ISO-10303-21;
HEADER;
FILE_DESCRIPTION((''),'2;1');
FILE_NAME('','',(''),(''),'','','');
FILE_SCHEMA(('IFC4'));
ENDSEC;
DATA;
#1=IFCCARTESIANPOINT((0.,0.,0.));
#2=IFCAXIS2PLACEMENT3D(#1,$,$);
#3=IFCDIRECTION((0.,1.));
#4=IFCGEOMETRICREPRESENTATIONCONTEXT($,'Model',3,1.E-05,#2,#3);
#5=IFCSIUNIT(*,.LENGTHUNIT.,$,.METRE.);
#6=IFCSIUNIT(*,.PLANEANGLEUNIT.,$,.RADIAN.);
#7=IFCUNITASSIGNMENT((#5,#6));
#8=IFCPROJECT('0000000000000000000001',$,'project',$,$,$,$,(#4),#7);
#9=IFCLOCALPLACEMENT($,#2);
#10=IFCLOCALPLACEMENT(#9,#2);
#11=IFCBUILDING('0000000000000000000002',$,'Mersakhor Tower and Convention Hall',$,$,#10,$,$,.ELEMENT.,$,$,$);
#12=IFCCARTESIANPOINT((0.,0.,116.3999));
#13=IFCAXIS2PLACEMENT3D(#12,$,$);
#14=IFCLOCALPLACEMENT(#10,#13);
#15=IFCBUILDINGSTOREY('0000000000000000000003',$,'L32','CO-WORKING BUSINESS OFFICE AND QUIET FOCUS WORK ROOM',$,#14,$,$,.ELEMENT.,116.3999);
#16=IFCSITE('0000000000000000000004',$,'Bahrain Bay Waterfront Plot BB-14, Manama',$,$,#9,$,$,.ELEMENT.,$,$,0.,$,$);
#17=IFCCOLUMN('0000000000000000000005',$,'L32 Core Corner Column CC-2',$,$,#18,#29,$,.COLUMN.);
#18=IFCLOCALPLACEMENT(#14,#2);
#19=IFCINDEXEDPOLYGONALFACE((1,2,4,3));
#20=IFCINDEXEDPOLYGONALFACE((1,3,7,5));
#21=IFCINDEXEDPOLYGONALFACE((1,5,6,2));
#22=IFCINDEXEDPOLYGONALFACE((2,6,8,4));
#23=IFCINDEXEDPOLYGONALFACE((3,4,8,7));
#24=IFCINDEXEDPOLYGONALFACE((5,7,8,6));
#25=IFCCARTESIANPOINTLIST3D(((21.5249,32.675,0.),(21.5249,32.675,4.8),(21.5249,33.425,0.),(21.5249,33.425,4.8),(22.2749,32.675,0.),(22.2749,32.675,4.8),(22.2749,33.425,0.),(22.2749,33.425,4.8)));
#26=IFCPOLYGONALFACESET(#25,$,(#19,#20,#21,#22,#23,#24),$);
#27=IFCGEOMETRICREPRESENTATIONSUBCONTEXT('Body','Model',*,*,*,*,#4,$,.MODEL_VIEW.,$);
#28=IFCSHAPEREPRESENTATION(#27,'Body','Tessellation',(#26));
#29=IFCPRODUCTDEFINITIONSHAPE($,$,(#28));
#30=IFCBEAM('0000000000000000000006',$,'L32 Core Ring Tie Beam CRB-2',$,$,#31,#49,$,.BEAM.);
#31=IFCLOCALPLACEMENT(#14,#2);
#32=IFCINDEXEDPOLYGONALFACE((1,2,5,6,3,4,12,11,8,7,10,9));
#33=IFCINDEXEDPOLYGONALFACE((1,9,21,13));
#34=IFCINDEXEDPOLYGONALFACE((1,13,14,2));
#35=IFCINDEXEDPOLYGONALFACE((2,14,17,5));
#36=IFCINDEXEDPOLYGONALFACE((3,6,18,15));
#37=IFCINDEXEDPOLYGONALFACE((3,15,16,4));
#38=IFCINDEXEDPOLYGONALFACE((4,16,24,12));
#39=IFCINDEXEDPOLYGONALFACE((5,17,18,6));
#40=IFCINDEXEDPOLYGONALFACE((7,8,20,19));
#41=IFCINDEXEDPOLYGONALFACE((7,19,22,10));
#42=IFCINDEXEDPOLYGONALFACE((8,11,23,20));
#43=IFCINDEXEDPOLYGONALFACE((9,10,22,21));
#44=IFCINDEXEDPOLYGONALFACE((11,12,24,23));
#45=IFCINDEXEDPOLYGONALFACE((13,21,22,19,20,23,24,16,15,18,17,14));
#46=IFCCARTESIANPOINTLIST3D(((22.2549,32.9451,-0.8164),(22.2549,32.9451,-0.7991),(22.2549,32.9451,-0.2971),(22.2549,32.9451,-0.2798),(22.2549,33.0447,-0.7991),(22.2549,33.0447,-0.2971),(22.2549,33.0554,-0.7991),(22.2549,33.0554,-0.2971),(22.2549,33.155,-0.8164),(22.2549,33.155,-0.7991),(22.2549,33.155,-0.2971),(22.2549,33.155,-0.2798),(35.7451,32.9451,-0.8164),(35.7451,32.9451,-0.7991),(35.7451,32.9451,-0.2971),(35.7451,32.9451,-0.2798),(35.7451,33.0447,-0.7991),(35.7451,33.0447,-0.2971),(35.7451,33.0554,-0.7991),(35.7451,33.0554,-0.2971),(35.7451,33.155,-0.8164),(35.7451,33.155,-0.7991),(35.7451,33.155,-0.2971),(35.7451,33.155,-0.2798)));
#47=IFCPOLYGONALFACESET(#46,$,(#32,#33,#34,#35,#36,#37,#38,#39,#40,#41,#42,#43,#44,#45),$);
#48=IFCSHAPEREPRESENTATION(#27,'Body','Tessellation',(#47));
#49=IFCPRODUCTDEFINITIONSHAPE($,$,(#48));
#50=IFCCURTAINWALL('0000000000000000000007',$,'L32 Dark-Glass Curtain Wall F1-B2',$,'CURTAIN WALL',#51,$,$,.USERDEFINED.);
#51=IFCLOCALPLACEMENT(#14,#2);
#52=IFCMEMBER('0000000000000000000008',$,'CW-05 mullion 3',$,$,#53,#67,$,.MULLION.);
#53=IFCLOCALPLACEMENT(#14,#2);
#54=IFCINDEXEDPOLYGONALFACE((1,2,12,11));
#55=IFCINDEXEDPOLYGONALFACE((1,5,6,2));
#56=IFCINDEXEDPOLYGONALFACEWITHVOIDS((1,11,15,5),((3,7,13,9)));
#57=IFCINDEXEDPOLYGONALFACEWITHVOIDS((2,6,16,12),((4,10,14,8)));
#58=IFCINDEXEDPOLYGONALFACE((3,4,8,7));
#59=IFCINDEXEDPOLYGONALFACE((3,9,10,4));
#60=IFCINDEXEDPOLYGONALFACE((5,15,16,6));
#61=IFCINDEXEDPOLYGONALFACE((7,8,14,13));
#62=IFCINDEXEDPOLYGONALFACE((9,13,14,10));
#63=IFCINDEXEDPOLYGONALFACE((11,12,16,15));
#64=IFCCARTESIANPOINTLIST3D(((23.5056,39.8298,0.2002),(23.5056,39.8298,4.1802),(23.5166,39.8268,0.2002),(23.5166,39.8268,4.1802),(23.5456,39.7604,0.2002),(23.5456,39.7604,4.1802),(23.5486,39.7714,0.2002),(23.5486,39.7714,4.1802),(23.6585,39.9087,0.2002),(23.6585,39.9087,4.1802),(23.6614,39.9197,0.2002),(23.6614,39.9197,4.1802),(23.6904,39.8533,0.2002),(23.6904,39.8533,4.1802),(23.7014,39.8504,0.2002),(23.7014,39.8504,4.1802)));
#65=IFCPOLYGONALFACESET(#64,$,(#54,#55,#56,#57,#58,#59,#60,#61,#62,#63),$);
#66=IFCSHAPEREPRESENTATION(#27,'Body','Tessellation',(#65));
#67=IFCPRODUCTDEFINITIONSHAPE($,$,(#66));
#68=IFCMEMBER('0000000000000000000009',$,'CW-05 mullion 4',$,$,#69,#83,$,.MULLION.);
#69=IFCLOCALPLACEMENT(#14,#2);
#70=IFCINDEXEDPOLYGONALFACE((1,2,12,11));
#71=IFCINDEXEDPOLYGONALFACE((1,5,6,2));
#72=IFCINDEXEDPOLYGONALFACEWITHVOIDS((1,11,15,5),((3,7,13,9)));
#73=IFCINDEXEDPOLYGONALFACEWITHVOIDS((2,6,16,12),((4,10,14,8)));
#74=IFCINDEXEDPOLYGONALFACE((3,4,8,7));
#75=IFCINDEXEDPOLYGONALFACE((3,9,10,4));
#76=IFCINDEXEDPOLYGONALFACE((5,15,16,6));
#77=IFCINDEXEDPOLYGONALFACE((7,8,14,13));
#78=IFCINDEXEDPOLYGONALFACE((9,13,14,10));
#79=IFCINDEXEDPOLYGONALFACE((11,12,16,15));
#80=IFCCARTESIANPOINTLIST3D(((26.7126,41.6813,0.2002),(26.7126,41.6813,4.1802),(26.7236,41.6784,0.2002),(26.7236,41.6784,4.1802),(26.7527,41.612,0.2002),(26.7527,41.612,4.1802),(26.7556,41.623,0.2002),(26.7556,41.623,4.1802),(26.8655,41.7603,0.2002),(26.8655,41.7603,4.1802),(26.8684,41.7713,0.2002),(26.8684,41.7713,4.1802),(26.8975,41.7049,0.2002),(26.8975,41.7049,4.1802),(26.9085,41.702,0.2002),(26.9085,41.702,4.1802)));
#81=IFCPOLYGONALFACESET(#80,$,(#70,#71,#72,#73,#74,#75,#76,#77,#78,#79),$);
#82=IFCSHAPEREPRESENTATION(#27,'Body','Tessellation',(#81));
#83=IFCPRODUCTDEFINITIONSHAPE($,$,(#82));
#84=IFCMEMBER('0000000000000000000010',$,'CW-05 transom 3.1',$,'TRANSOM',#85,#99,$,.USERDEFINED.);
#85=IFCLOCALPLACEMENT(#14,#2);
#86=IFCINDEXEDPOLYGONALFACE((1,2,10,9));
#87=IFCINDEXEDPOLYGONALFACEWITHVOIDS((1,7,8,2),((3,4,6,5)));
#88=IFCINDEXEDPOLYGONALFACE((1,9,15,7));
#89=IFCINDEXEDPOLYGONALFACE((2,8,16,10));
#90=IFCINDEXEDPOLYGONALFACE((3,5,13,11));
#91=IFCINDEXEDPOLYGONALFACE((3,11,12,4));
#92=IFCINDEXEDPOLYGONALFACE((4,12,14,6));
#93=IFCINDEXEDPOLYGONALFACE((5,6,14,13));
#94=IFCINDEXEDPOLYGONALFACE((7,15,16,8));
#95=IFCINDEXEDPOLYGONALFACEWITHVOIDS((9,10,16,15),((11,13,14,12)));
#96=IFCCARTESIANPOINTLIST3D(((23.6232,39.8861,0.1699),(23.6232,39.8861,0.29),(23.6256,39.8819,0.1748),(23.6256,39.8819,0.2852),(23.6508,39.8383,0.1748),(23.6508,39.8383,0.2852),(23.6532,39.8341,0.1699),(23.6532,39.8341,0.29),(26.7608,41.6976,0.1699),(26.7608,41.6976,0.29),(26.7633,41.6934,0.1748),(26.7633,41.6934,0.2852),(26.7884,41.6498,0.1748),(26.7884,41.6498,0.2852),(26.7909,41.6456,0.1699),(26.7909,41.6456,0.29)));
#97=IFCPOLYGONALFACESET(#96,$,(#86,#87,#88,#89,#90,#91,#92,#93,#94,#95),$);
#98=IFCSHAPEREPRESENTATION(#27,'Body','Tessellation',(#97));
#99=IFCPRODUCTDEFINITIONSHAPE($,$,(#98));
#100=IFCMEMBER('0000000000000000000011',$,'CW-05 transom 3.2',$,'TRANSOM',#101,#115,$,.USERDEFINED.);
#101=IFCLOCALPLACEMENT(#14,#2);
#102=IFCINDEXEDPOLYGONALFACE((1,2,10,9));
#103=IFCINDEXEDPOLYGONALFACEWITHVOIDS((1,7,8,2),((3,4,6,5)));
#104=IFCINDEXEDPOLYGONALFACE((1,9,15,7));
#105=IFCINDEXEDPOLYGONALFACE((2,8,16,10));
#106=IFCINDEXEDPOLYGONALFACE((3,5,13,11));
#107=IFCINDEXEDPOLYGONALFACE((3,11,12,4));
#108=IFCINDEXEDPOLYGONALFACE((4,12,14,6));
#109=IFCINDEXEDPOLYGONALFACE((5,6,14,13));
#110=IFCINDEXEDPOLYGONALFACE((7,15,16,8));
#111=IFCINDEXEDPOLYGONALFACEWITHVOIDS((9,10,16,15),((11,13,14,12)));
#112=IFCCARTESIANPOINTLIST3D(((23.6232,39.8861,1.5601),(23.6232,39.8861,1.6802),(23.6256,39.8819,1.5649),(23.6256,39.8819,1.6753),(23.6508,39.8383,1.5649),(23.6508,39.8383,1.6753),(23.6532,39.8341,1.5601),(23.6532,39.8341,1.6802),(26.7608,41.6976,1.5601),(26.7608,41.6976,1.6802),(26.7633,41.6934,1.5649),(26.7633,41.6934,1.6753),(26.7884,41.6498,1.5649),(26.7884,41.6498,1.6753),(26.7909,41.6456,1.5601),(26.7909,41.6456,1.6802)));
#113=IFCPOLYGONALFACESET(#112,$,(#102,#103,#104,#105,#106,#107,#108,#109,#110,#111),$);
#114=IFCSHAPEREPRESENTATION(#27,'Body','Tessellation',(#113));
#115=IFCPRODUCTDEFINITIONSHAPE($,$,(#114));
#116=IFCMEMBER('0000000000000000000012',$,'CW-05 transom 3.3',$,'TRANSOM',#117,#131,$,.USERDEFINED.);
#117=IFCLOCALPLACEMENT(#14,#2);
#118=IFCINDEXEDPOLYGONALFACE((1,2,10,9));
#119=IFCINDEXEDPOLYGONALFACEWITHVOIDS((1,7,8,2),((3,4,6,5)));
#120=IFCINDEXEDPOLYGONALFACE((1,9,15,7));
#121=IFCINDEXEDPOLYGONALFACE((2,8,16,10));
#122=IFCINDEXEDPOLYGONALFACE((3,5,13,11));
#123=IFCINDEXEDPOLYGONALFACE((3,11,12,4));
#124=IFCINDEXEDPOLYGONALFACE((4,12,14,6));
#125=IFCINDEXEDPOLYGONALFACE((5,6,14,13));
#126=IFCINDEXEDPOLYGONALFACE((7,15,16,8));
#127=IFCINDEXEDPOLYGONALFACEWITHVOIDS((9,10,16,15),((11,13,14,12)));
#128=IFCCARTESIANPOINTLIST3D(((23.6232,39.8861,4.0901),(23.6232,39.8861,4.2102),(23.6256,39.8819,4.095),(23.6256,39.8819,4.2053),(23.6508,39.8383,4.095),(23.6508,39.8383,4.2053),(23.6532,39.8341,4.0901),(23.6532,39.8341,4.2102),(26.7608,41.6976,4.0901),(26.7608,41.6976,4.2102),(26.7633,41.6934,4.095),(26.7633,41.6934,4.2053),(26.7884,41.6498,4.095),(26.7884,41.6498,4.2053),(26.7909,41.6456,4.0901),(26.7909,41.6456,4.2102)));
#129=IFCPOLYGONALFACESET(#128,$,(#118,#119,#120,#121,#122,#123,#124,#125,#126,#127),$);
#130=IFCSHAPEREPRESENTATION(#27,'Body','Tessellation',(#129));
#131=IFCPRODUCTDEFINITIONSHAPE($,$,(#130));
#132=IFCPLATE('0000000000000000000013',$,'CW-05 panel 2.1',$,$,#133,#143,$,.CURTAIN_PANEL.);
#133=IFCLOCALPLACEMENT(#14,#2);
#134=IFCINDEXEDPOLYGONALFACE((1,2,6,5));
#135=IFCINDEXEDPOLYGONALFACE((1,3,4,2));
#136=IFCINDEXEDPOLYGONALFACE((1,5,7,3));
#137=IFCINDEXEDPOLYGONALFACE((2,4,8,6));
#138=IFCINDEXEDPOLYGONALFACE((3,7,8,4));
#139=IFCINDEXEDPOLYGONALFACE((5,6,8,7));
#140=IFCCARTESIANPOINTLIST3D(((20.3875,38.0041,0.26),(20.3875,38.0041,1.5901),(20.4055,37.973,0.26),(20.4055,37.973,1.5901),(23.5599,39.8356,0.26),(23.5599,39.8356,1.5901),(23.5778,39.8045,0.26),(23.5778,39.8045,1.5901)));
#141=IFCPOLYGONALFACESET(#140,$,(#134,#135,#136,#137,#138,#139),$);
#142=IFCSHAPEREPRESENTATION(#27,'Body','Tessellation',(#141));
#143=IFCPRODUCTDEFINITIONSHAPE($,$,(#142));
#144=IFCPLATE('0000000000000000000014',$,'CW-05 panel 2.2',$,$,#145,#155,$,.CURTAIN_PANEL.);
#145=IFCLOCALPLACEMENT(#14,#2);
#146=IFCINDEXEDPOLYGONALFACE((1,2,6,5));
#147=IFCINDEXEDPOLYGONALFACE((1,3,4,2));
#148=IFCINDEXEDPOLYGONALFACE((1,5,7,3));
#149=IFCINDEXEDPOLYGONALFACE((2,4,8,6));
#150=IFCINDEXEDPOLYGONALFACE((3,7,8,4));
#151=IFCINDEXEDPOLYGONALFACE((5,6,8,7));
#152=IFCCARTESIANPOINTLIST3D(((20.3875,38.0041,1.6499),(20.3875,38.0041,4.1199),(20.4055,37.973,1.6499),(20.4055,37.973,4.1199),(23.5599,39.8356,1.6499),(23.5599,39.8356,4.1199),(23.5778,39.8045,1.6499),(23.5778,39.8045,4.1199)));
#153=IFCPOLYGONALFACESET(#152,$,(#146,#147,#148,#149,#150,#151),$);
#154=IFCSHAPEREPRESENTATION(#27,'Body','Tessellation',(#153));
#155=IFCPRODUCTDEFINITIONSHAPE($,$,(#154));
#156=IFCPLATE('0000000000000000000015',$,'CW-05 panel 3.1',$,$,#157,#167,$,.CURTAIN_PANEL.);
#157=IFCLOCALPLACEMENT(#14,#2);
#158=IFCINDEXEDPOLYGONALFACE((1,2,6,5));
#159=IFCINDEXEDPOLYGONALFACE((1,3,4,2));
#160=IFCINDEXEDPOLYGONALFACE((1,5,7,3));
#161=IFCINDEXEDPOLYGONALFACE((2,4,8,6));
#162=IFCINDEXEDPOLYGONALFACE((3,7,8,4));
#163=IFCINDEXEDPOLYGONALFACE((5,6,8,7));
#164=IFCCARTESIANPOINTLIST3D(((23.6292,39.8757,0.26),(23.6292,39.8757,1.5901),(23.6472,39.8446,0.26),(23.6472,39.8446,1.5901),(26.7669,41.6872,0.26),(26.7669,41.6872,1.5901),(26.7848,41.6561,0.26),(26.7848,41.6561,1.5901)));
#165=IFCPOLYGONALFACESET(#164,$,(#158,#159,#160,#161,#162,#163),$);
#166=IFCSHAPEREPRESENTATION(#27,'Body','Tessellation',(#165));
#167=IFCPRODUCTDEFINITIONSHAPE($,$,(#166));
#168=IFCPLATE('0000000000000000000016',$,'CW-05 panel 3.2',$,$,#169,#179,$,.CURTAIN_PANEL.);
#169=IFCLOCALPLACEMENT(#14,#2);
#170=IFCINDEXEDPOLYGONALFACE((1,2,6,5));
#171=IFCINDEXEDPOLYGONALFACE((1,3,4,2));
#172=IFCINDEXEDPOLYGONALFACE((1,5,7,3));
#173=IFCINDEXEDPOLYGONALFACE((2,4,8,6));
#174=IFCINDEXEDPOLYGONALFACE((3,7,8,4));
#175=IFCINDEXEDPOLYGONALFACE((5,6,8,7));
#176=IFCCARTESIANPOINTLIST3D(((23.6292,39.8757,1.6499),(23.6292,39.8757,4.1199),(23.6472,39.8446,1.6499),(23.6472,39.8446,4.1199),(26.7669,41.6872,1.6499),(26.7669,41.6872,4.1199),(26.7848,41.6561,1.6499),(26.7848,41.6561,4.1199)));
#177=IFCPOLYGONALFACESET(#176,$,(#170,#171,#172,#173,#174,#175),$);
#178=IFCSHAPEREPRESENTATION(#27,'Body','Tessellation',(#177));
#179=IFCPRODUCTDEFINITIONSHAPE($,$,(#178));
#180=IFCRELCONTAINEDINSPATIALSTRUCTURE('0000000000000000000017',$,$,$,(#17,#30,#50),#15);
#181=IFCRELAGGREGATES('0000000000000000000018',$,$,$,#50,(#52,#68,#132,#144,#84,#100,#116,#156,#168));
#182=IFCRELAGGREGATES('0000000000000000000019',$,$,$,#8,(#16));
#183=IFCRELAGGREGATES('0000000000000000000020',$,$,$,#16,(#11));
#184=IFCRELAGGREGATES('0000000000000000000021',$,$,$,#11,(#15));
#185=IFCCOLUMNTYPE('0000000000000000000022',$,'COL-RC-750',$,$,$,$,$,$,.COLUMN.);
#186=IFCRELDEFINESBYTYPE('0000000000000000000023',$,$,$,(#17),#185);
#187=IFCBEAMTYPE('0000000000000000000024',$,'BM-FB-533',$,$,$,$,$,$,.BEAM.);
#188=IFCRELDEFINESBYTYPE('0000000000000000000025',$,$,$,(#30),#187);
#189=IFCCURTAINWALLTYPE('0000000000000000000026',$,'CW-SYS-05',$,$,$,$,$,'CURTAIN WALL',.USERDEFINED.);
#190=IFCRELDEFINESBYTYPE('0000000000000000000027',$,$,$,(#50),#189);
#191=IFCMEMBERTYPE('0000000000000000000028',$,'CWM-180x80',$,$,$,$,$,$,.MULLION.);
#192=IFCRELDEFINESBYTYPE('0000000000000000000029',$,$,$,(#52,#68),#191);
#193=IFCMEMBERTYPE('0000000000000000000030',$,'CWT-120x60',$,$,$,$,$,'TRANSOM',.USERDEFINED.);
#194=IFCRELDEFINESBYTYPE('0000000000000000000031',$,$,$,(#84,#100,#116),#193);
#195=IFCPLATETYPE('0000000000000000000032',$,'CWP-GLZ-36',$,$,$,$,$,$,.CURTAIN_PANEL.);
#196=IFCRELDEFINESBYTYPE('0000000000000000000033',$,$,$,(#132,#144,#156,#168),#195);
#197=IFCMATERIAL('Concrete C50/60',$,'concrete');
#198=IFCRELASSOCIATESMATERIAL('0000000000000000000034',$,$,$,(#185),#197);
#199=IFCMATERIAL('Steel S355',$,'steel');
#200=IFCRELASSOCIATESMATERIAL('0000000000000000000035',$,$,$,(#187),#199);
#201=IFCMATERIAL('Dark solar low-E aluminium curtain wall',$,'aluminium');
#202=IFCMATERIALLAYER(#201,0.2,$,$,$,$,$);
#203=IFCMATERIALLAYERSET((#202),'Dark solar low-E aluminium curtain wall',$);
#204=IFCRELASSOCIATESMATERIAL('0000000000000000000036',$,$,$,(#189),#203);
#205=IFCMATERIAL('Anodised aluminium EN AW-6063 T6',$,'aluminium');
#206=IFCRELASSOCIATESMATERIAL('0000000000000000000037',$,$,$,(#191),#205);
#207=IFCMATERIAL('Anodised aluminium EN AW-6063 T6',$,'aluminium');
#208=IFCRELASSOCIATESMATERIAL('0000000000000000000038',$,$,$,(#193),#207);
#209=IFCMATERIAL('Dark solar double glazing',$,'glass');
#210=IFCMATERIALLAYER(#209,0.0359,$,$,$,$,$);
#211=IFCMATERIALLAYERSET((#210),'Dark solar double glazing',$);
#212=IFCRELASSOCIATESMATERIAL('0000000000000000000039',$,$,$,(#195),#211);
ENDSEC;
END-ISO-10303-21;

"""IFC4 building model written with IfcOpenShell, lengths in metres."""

from ifc_helpers import new_model, si_unit, direction, frame, origin, origin_2d, place, context, subcontext, project, spatial, rectangle, hollow_rectangle, i_section, extrude, material, layer, layer_set, material_profile, profile_set, type_object, element, aggregate, save


model = new_model("IFC4")

# Units and contexts
model_context = context("Model", 3, precision=1e-05, world=origin(), true_north=direction((0.0, 1.0)))
body_context = subcontext(model_context, "Body", "Model", "MODEL_VIEW")
ifc_project = project(units=[si_unit("LENGTHUNIT", "METRE"), si_unit("PLANEANGLEUNIT", "RADIAN")], contexts=[model_context])

# Site, building, storey
site_placement = place(None, origin())
site = spatial("IfcSite", under=ifc_project, at=site_placement, Name="Bahrain Bay Waterfront Plot BB-14, Manama", CompositionType="ELEMENT", RefElevation=0.0)
building_placement = place(site_placement, origin())
building = spatial("IfcBuilding", under=site, at=building_placement, Name="Mersakhor Tower and Convention Hall", CompositionType="ELEMENT")
storey_placement = place(building_placement, frame((0.0, 0.0, 116.3999)))
storey = spatial("IfcBuildingStorey", under=building, at=storey_placement, Name="L32", Description="CO-WORKING BUSINESS OFFICE AND QUIET FOCUS WORK ROOM", CompositionType="ELEMENT", Elevation=116.3999)

# Column
ifc_material_1 = material(Name="Concrete C50/60", Category="concrete")
ifc_material_profile_1 = material_profile(ifc_material_1, rectangle(XDim=0.75, YDim=0.75, at=origin_2d()), Name="RC 750x750")
ifc_profile_set_1 = profile_set([ifc_material_profile_1], Name="Concrete C50/60")
column_type = type_object("IfcColumnType", Name="COL-RC-750", PredefinedType="COLUMN", material=ifc_profile_set_1)
column_placement = place(storey_placement, frame((21.8999, 33.05, 0.0), z_axis=(0.0, 0.0, 1.0), x_axis=(1.0, 0.0, 0.0)))
element("IfcColumn", 1, at=column_placement, inside=storey, type_object=column_type, Name="L32 Core Corner Column CC-2", PredefinedType="COLUMN", context=body_context, shape_type="SweptSolid", body=[
    extrude(rectangle(XDim=0.75, YDim=0.75, at=origin_2d()), origin(), (0.0, 0.0, 1.0), 4.8),
])

# Beam
ifc_material_2 = material(Name="Steel S355", Category="steel")
ifc_material_profile_2 = material_profile(ifc_material_2, i_section(OverallWidth=0.21, OverallDepth=0.5366, WebThickness=0.0107, FlangeThickness=0.0173, at=origin_2d()), Name="UB 533x210x101")
ifc_profile_set_2 = profile_set([ifc_material_profile_2], Name="Steel S355")
beam_type = type_object("IfcBeamType", Name="BM-FB-533", PredefinedType="BEAM", material=ifc_profile_set_2)
beam_placement = place(storey_placement, frame((22.2549, 33.05, -0.5481), z_axis=(1.0, 0.0, 0.0), x_axis=(0.0, 1.0, 0.0)))
element("IfcBeam", 2, at=beam_placement, inside=storey, type_object=beam_type, Name="L32 Core Ring Tie Beam CRB-2", PredefinedType="BEAM", context=body_context, shape_type="SweptSolid", body=[
    extrude(i_section(OverallWidth=0.21, OverallDepth=0.5366, WebThickness=0.0107, FlangeThickness=0.0173, at=origin_2d()), origin(), (0.0, 0.0, 1.0), 13.4902),
])

# Curtain wall, members, plates
ifc_material_3 = material(Name="Dark solar low-E aluminium curtain wall", Category="aluminium")
ifc_layer_1 = layer(ifc_material_3, 0.2)
ifc_layer_set_1 = layer_set([ifc_layer_1], Name="Dark solar low-E aluminium curtain wall")
curtain_wall_type = type_object("IfcCurtainWallType", Name="CW-SYS-05", ElementType="CURTAIN WALL", PredefinedType="USERDEFINED", material=ifc_layer_set_1)
curtain_wall_placement = place(storey_placement, origin())
curtain_wall = element("IfcCurtainWall", 3, at=curtain_wall_placement, inside=storey, type_object=curtain_wall_type, Name="L32 Dark-Glass Curtain Wall F1-B2", ObjectType="CURTAIN WALL", PredefinedType="USERDEFINED")
ifc_material_4 = material(Name="Anodised aluminium EN AW-6063 T6", Category="aluminium")
ifc_material_profile_3 = material_profile(ifc_material_4, hollow_rectangle(XDim=0.0801, YDim=0.1799, WallThickness=0.0081, at=origin_2d()), Name="RHS 180x80x8")
ifc_profile_set_3 = profile_set([ifc_material_profile_3], Name="Anodised aluminium EN AW-6063 T6")
member_type_1 = type_object("IfcMemberType", Name="CWM-180x80", PredefinedType="MULLION", material=ifc_profile_set_3)
member_1_placement = place(storey_placement, frame((23.6035, 39.8401, 0.2002), z_axis=(0.0, 0.0, 1.0), x_axis=(-0.499998, 0.866027, 0.0)))
member_1 = element("IfcMember", 4, at=member_1_placement, type_object=member_type_1, Name="CW-05 mullion 3", PredefinedType="MULLION", context=body_context, shape_type="SweptSolid", body=[
    extrude(hollow_rectangle(XDim=0.0801, YDim=0.1799, WallThickness=0.0081, at=origin_2d()), origin(), (0.0, 0.0, 1.0), 3.98),
])
member_2_placement = place(storey_placement, frame((26.8105, 41.6917, 0.2002), z_axis=(0.0, 0.0, 1.0), x_axis=(-0.499998, 0.866027, 0.0)))
member_2 = element("IfcMember", 5, at=member_2_placement, type_object=member_type_1, Name="CW-05 mullion 4", PredefinedType="MULLION", context=body_context, shape_type="SweptSolid", body=[
    extrude(hollow_rectangle(XDim=0.0801, YDim=0.1799, WallThickness=0.0081, at=origin_2d()), origin(), (0.0, 0.0, 1.0), 3.98),
])
ifc_material_5 = material(Name="Anodised aluminium EN AW-6063 T6", Category="aluminium")
ifc_material_profile_4 = material_profile(ifc_material_5, hollow_rectangle(XDim=0.0601, YDim=0.1201, WallThickness=0.0049, at=origin_2d()), Name="RHS 120x60x5")
ifc_profile_set_4 = profile_set([ifc_material_profile_4], Name="Anodised aluminium EN AW-6063 T6")
member_type_2 = type_object("IfcMemberType", Name="CWT-120x60", ElementType="TRANSOM", PredefinedType="USERDEFINED", material=ifc_profile_set_4)
member_3_placement = place(storey_placement, frame((23.6382, 39.8601, 0.23), z_axis=(0.866028, 0.499995, 0.0), x_axis=(-0.499995, 0.866028, 0.0)))
member_3 = element("IfcMember", 6, at=member_3_placement, type_object=member_type_2, Name="CW-05 transom 3.1", ObjectType="TRANSOM", PredefinedType="USERDEFINED", context=body_context, shape_type="SweptSolid", body=[
    extrude(hollow_rectangle(XDim=0.0601, YDim=0.1201, WallThickness=0.0049, at=origin_2d()), origin(), (0.0, 0.0, 1.0), 3.623),
])
member_4_placement = place(storey_placement, frame((23.6382, 39.8601, 1.6201), z_axis=(0.866028, 0.499995, 0.0), x_axis=(-0.499995, 0.866028, 0.0)))
member_4 = element("IfcMember", 7, at=member_4_placement, type_object=member_type_2, Name="CW-05 transom 3.2", ObjectType="TRANSOM", PredefinedType="USERDEFINED", context=body_context, shape_type="SweptSolid", body=[
    extrude(hollow_rectangle(XDim=0.0601, YDim=0.1201, WallThickness=0.0049, at=origin_2d()), origin(), (0.0, 0.0, 1.0), 3.623),
])
member_5_placement = place(storey_placement, frame((23.6382, 39.8601, 4.1501), z_axis=(0.866028, 0.499995, 0.0), x_axis=(-0.499995, 0.866028, 0.0)))
member_5 = element("IfcMember", 8, at=member_5_placement, type_object=member_type_2, Name="CW-05 transom 3.3", ObjectType="TRANSOM", PredefinedType="USERDEFINED", context=body_context, shape_type="SweptSolid", body=[
    extrude(hollow_rectangle(XDim=0.0601, YDim=0.1201, WallThickness=0.0049, at=origin_2d()), origin(), (0.0, 0.0, 1.0), 3.623),
])
ifc_material_6 = material(Name="Dark solar double glazing", Category="glass")
ifc_layer_2 = layer(ifc_material_6, 0.0359)
ifc_layer_set_2 = layer_set([ifc_layer_2], Name="Dark solar double glazing")
plate_type_1 = type_object("IfcPlateType", Name="CWP-GLZ-36", PredefinedType="CURTAIN_PANEL", material=ifc_layer_set_2)
plate_1_placement = place(storey_placement, frame((21.9827, 38.9043, 0.26), z_axis=(0.0, 0.0, 1.0), x_axis=(0.866027, 0.499998, 0.0)))
plate_1 = element("IfcPlate", 9, at=plate_1_placement, type_object=plate_type_1, Name="CW-05 panel 2.1", PredefinedType="CURTAIN_PANEL", context=body_context, shape_type="SweptSolid", body=[
    extrude(rectangle(XDim=3.6631, YDim=0.0359, at=origin_2d()), origin(), (0.0, 0.0, 1.0), 1.3301),
])
plate_2_placement = place(storey_placement, frame((21.9827, 38.9043, 1.6499), z_axis=(0.0, 0.0, 1.0), x_axis=(0.866027, 0.499998, 0.0)))
plate_2 = element("IfcPlate", 10, at=plate_2_placement, type_object=plate_type_1, Name="CW-05 panel 2.2", PredefinedType="CURTAIN_PANEL", context=body_context, shape_type="SweptSolid", body=[
    extrude(rectangle(XDim=3.6631, YDim=0.0359, at=origin_2d()), origin(), (0.0, 0.0, 1.0), 2.47),
])
plate_3_placement = place(storey_placement, frame((25.207, 40.7659, 0.26), z_axis=(0.0, 0.0, 1.0), x_axis=(0.866027, 0.499998, 0.0)))
plate_3 = element("IfcPlate", 11, at=plate_3_placement, type_object=plate_type_1, Name="CW-05 panel 3.1", PredefinedType="CURTAIN_PANEL", context=body_context, shape_type="SweptSolid", body=[
    extrude(rectangle(XDim=3.623, YDim=0.0359, at=origin_2d()), origin(), (0.0, 0.0, 1.0), 1.3301),
])
plate_4_placement = place(storey_placement, frame((25.207, 40.7659, 1.6499), z_axis=(0.0, 0.0, 1.0), x_axis=(0.866027, 0.499998, 0.0)))
plate_4 = element("IfcPlate", 12, at=plate_4_placement, type_object=plate_type_1, Name="CW-05 panel 3.2", PredefinedType="CURTAIN_PANEL", context=body_context, shape_type="SweptSolid", body=[
    extrude(rectangle(XDim=3.623, YDim=0.0359, at=origin_2d()), origin(), (0.0, 0.0, 1.0), 2.47),
])
aggregate(curtain_wall, [member_1, member_2, plate_1, plate_2, member_3, member_4, member_5, plate_3, plate_4])

save(model, "model.ifc")
